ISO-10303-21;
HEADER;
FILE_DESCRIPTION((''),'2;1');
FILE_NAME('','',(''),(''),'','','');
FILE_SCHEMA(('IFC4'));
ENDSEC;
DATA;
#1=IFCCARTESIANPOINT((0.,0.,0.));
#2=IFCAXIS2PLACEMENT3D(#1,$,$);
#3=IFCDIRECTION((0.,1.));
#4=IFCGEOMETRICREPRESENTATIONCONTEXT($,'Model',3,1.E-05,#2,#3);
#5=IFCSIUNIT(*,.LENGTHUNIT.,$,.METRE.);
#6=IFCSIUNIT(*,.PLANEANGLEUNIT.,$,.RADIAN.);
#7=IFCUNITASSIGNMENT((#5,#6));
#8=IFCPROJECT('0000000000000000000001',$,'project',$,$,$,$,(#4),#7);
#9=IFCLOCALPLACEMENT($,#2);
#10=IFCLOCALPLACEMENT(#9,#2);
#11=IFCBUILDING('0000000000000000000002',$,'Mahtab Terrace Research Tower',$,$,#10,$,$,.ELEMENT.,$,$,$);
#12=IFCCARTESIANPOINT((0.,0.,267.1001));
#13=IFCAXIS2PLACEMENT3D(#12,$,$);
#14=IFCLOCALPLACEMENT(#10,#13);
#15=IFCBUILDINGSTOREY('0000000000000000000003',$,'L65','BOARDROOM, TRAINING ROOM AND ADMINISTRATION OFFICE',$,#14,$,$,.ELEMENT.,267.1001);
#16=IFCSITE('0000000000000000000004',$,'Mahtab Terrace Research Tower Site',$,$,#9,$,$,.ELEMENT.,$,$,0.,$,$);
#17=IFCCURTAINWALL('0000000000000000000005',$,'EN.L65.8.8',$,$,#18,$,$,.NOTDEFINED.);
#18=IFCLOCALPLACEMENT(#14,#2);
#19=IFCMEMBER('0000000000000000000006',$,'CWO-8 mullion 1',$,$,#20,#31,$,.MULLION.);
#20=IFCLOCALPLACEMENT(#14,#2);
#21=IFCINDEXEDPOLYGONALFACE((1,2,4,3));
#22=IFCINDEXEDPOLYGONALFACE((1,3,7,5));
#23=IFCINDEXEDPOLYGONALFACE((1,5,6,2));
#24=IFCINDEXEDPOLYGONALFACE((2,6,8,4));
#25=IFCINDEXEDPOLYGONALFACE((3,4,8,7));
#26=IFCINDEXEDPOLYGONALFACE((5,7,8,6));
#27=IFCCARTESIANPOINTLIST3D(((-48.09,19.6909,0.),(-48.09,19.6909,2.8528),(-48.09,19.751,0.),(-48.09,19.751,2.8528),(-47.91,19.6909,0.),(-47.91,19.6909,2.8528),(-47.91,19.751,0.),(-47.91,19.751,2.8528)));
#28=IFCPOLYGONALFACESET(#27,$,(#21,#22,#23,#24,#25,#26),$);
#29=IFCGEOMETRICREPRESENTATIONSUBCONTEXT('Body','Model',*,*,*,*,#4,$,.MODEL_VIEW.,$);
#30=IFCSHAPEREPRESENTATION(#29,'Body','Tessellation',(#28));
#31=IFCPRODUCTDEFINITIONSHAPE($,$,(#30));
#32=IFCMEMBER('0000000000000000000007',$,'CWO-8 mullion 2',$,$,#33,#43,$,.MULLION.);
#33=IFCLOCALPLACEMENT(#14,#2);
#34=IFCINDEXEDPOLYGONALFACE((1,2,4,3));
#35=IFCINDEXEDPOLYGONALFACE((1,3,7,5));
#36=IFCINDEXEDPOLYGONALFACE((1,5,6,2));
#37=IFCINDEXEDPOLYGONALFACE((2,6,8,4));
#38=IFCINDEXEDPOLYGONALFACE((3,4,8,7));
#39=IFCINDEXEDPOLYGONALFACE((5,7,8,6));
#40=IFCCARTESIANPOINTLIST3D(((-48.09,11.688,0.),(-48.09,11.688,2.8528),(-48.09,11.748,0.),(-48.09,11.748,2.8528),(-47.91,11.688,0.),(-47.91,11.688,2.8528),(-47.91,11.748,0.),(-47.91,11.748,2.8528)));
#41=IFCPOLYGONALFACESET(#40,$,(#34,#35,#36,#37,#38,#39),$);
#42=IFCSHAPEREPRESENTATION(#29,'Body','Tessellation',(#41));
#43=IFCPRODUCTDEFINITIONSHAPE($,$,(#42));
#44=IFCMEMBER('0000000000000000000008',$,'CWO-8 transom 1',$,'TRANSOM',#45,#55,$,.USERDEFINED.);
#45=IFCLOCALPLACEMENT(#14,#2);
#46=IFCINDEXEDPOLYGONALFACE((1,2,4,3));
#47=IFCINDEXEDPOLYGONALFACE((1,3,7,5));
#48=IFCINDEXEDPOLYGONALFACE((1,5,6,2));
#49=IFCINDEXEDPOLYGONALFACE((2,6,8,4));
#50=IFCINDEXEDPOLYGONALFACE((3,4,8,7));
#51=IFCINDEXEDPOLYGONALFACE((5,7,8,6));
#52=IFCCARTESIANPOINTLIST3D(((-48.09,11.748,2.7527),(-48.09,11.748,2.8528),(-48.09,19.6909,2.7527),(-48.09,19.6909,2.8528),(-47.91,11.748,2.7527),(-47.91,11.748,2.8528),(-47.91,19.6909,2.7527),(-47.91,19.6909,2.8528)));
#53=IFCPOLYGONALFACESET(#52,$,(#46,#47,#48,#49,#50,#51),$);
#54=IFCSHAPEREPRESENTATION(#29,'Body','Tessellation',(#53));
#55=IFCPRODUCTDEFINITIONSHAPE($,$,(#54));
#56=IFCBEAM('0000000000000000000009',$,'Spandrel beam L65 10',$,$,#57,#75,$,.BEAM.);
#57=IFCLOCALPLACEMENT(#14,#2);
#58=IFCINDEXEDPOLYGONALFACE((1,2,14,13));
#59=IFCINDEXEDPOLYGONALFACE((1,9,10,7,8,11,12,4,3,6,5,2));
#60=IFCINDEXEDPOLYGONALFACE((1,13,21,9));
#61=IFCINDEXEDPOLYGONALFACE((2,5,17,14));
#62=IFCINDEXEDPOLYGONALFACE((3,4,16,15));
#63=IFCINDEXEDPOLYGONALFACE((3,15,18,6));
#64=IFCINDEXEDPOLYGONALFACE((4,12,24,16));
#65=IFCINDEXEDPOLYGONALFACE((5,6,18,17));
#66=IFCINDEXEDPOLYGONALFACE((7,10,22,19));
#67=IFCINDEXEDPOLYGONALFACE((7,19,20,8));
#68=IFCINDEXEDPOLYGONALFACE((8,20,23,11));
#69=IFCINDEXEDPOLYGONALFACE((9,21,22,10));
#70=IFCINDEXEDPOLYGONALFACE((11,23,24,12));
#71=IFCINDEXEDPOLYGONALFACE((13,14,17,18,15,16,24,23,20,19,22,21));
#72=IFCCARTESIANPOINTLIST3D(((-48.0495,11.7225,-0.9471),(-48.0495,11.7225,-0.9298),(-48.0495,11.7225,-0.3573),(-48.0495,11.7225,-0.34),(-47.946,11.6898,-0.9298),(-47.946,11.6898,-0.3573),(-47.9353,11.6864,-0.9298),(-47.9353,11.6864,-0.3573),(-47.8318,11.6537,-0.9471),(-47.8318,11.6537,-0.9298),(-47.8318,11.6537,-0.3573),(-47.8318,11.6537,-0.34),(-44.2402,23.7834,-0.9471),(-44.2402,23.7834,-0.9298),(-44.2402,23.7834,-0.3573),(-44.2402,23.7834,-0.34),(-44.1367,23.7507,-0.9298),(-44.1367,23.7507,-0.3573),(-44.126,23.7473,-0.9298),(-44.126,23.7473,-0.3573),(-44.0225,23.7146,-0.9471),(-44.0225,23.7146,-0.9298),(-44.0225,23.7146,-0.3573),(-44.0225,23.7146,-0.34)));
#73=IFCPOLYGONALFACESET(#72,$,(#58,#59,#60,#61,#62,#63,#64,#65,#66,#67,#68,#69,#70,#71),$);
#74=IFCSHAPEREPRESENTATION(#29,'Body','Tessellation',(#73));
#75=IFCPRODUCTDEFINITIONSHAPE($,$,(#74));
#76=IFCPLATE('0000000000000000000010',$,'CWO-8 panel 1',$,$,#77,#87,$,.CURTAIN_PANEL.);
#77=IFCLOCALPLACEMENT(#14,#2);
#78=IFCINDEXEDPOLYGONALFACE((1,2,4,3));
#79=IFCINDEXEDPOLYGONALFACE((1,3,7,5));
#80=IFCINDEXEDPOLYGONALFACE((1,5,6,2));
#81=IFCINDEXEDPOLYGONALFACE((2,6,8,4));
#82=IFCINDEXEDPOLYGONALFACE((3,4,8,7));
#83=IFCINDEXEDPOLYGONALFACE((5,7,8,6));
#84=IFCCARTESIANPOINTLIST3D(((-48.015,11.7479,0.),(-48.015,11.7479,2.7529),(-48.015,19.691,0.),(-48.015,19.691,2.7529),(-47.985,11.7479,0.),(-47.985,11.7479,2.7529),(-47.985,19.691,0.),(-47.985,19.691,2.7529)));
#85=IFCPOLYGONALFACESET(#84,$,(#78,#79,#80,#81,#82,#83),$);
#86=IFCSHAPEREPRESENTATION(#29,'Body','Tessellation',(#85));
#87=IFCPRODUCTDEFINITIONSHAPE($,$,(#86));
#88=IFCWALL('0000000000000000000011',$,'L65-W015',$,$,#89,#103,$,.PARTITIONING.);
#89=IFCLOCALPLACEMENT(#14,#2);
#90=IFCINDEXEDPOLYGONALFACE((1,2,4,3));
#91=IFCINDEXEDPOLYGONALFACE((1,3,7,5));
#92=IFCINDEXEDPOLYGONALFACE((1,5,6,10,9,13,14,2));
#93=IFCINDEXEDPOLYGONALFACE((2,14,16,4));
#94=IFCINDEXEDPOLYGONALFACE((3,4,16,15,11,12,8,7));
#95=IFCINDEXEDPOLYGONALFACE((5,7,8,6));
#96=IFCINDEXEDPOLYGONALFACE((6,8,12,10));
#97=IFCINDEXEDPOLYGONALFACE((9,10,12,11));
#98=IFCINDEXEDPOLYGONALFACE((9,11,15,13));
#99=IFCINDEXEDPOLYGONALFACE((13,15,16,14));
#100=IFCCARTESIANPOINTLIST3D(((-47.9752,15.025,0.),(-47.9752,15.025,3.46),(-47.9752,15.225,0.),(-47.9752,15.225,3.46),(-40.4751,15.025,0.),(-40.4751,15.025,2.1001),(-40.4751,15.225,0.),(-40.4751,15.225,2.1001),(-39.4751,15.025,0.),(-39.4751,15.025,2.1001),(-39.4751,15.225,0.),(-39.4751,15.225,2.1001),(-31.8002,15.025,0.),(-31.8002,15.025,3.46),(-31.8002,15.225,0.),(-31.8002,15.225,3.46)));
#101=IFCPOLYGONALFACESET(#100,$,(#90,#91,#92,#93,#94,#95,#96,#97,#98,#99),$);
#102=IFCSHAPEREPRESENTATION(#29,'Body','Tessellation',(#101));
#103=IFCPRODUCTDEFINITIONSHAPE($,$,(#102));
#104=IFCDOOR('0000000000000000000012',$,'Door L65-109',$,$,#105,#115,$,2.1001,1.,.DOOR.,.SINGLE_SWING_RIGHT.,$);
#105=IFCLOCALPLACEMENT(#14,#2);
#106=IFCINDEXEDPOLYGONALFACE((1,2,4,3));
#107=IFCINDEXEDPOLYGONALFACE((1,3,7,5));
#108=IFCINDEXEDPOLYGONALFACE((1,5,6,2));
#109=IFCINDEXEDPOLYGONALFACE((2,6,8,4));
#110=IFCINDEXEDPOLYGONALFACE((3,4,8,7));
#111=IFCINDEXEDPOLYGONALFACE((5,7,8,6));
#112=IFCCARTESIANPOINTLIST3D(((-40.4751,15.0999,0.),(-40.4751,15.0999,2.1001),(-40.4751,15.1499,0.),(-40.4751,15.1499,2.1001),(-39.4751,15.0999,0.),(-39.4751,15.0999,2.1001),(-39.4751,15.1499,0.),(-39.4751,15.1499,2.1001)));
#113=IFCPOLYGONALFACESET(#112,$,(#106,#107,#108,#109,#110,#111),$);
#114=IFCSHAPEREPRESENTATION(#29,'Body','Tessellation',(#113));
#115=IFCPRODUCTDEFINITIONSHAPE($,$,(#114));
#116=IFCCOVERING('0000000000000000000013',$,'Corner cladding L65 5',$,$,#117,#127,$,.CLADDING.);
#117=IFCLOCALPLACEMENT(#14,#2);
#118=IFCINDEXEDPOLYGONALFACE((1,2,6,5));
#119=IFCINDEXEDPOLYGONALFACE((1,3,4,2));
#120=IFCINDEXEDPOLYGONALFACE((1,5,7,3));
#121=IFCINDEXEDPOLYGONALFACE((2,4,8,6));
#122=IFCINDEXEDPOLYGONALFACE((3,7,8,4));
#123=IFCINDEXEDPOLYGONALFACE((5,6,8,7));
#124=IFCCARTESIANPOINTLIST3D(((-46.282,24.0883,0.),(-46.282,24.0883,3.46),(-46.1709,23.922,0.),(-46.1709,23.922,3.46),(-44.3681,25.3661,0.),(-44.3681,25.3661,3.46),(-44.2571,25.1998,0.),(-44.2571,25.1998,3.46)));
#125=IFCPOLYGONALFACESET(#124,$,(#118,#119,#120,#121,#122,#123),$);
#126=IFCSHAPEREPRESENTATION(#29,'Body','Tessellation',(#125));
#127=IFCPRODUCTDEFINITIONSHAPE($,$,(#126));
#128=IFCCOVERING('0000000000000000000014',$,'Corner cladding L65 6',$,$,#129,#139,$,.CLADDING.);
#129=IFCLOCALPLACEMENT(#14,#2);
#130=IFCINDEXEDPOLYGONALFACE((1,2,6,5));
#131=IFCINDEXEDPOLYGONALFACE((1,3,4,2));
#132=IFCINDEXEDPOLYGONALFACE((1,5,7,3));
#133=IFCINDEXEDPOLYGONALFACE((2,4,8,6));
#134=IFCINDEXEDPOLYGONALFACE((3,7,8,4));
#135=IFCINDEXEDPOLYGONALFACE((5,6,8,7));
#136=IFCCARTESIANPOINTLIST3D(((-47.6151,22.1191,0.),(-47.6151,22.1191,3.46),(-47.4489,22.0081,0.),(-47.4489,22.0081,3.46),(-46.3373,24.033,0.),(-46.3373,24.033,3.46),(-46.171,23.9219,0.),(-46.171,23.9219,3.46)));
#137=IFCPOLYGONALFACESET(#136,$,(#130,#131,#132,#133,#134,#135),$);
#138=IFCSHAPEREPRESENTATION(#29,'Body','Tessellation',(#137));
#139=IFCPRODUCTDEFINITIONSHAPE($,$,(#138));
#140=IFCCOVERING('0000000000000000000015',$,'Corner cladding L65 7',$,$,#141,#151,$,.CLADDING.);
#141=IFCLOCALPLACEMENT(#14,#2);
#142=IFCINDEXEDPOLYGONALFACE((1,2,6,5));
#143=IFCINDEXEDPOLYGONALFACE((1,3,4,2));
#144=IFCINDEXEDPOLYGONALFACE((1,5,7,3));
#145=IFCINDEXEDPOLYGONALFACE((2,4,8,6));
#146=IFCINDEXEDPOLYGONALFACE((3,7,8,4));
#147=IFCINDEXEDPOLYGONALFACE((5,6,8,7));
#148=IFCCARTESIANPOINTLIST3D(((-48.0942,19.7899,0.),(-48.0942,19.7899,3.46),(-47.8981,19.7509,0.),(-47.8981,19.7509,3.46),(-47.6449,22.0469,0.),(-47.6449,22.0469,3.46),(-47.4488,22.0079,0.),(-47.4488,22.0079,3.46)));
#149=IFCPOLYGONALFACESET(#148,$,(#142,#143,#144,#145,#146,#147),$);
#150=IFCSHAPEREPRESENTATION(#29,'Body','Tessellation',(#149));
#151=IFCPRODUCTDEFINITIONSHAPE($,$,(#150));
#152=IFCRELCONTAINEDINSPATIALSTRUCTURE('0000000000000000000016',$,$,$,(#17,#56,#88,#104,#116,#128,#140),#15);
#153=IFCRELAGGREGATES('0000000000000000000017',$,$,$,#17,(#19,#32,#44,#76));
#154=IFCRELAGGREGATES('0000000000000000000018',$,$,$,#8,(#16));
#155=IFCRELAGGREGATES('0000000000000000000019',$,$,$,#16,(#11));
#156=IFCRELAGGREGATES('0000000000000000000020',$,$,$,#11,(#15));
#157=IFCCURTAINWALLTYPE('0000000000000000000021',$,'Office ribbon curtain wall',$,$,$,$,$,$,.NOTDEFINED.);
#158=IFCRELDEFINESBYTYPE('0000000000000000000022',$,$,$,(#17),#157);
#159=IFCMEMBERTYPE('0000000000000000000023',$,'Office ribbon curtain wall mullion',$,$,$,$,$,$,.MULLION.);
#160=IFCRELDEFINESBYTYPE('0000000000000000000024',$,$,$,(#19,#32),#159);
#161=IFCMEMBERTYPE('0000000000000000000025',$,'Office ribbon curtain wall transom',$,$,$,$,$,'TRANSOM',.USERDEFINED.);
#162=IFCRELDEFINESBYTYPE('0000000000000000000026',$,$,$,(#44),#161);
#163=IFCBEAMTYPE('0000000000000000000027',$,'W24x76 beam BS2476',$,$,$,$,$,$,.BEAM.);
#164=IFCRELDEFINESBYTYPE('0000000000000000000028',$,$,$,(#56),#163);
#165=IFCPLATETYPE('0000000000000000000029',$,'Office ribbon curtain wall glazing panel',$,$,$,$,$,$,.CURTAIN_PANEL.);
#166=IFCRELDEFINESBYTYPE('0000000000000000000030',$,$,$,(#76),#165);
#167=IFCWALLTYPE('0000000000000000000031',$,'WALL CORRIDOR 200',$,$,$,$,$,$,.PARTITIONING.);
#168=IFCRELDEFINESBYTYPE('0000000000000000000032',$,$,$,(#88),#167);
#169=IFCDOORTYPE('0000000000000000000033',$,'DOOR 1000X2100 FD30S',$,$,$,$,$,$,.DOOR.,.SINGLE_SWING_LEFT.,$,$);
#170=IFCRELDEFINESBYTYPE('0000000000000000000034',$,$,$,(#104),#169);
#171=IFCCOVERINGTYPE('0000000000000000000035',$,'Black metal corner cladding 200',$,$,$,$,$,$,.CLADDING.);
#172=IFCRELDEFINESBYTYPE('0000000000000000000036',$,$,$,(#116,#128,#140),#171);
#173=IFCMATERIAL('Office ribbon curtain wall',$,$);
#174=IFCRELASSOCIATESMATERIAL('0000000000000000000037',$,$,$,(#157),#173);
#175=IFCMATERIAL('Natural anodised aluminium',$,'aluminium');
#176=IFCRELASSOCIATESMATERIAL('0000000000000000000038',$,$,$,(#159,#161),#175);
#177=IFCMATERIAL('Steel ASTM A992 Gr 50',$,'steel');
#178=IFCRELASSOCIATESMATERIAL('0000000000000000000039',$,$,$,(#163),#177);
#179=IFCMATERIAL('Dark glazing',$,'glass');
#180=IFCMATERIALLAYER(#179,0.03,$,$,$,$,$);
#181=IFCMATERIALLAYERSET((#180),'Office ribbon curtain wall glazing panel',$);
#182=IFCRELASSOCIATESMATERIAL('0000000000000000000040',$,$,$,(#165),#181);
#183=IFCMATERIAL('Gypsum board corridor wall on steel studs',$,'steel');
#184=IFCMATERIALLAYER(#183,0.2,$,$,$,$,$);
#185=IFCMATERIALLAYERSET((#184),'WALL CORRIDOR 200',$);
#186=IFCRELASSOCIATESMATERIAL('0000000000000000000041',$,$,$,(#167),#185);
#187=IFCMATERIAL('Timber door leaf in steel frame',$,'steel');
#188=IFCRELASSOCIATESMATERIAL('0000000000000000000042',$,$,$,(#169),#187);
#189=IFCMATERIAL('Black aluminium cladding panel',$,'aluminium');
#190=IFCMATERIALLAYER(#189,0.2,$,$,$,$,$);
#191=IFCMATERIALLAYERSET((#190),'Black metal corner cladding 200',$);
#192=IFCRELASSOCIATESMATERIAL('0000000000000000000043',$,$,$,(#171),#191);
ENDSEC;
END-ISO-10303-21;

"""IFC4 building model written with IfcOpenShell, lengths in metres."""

from ifc_helpers import new_model, si_unit, direction, frame, frame_2d, origin, origin_2d, place, context, subcontext, project, spatial, rectangle, i_section, extrude, material, layer, layer_set, material_profile, profile_set, type_object, element, fill, aggregate, save


model = new_model("IFC4")

# Units and contexts
model_context = context("Model", 3, precision=1e-05, world=origin(), true_north=direction((0.0, 1.0)))
body_context = subcontext(model_context, "Body", "Model", "MODEL_VIEW")
ifc_project = project(units=[si_unit("LENGTHUNIT", "METRE"), si_unit("PLANEANGLEUNIT", "RADIAN")], contexts=[model_context])

# Site, building, storey
site_placement = place(None, origin())
site = spatial("IfcSite", under=ifc_project, at=site_placement, Name="Mahtab Terrace Research Tower Site", CompositionType="ELEMENT", RefElevation=0.0)
building_placement = place(site_placement, origin())
building = spatial("IfcBuilding", under=site, at=building_placement, Name="Mahtab Terrace Research Tower", CompositionType="ELEMENT")
storey_placement = place(building_placement, frame((0.0, 0.0, 267.1001)))
storey = spatial("IfcBuildingStorey", under=building, at=storey_placement, Name="L65", Description="BOARDROOM, TRAINING ROOM AND ADMINISTRATION OFFICE", CompositionType="ELEMENT", Elevation=267.1001)

# Curtain wall, members
ifc_material_1 = material(Name="Office ribbon curtain wall")
curtain_wall_type = type_object("IfcCurtainWallType", Name="Office ribbon curtain wall", PredefinedType="NOTDEFINED", material=ifc_material_1)
curtain_wall_placement = place(storey_placement, origin())
curtain_wall = element("IfcCurtainWall", 1, at=curtain_wall_placement, inside=storey, type_object=curtain_wall_type, Name="EN.L65.8.8", PredefinedType="NOTDEFINED")
ifc_material_2 = material(Name="Natural anodised aluminium", Category="aluminium")
ifc_material_profile_1 = material_profile(ifc_material_2, rectangle(XDim=0.1799, YDim=0.0601, at=origin_2d()), Name="MULLION 60x180")
ifc_profile_set_1 = profile_set([ifc_material_profile_1], Name="Natural anodised aluminium")
member_type_1 = type_object("IfcMemberType", Name="Office ribbon curtain wall mullion", PredefinedType="MULLION", material=ifc_profile_set_1)
member_1_placement = place(storey_placement, frame((-48.0, 19.7209, 0.0), z_axis=(0.0, 0.0, 1.0), x_axis=(1.0, 0.0, 0.0)))
member_1 = element("IfcMember", 2, at=member_1_placement, type_object=member_type_1, Name="CWO-8 mullion 1", PredefinedType="MULLION", context=body_context, shape_type="SweptSolid", body=[
    extrude(rectangle(XDim=0.1799, YDim=0.0601, at=origin_2d()), origin(), (0.0, 0.0, 1.0), 2.8528),
])
member_2_placement = place(storey_placement, frame((-48.0, 11.718, 0.0), z_axis=(0.0, 0.0, 1.0), x_axis=(1.0, 0.0, 0.0)))
member_2 = element("IfcMember", 3, at=member_2_placement, type_object=member_type_1, Name="CWO-8 mullion 2", PredefinedType="MULLION", context=body_context, shape_type="SweptSolid", body=[
    extrude(rectangle(XDim=0.1799, YDim=0.0601, at=origin_2d()), origin(), (0.0, 0.0, 1.0), 2.8528),
])
ifc_material_profile_2 = material_profile(ifc_material_2, rectangle(XDim=0.1799, YDim=0.1001, at=origin_2d()), Name="TRANSOM 100x180")
ifc_profile_set_2 = profile_set([ifc_material_profile_2], Name="Natural anodised aluminium")
member_type_2 = type_object("IfcMemberType", Name="Office ribbon curtain wall transom", ElementType="TRANSOM", PredefinedType="USERDEFINED", material=ifc_profile_set_2)
member_3_placement = place(storey_placement, frame((-48.0, 19.6909, 2.8027), z_axis=(0.0, -1.0, 0.0), x_axis=(1.0, 0.0, 0.0)))
member_3 = element("IfcMember", 4, at=member_3_placement, type_object=member_type_2, Name="CWO-8 transom 1", ObjectType="TRANSOM", PredefinedType="USERDEFINED", context=body_context, shape_type="SweptSolid", body=[
    extrude(rectangle(XDim=0.1799, YDim=0.1001, at=origin_2d()), origin(), (0.0, 0.0, 1.0), 7.9429),
])

# Beam
ifc_material_3 = material(Name="Steel ASTM A992 Gr 50", Category="steel")
ifc_material_profile_3 = material_profile(ifc_material_3, i_section(OverallWidth=0.2283, OverallDepth=0.6072, WebThickness=0.0112, FlangeThickness=0.0173, at=origin_2d()), Name="W24X76")
ifc_profile_set_3 = profile_set([ifc_material_profile_3], Name="Steel ASTM A992 Gr 50")
beam_type = type_object("IfcBeamType", Name="W24x76 beam BS2476", PredefinedType="BEAM", material=ifc_profile_set_3)
beam_placement = place(storey_placement, frame((-44.1313, 23.749, -0.6436), z_axis=(-0.301173, -0.95357, 0.0), x_axis=(0.95357, -0.301173, 0.0)))
element("IfcBeam", 5, at=beam_placement, inside=storey, type_object=beam_type, Name="Spandrel beam L65 10", PredefinedType="BEAM", context=body_context, shape_type="SweptSolid", body=[
    extrude(i_section(OverallWidth=0.2283, OverallDepth=0.6072, WebThickness=0.0112, FlangeThickness=0.0173, at=origin_2d()), origin(), (0.0, 0.0, 1.0), 12.6482),
])

# Plate
ifc_material_4 = material(Name="Dark glazing", Category="glass")
ifc_layer_1 = layer(ifc_material_4, 0.03)
ifc_layer_set_1 = layer_set([ifc_layer_1], Name="Office ribbon curtain wall glazing panel")
plate_type = type_object("IfcPlateType", Name="Office ribbon curtain wall glazing panel", PredefinedType="CURTAIN_PANEL", material=ifc_layer_set_1)
plate_placement = place(storey_placement, frame((-48.0, 15.7195, 0.0), z_axis=(0.0, 0.0, 1.0), x_axis=(0.0, -1.0, 0.0)))
plate = element("IfcPlate", 6, at=plate_placement, type_object=plate_type, Name="CWO-8 panel 1", PredefinedType="CURTAIN_PANEL", context=body_context, shape_type="SweptSolid", body=[
    extrude(rectangle(XDim=7.9431, YDim=0.03, at=origin_2d()), origin(), (0.0, 0.0, 1.0), 2.7529),
])
aggregate(curtain_wall, [member_1, member_2, member_3, plate])

# Wall, opening, door
ifc_material_5 = material(Name="Gypsum board corridor wall on steel studs", Category="steel")
ifc_layer_2 = layer(ifc_material_5, 0.2)
ifc_layer_set_2 = layer_set([ifc_layer_2], Name="WALL CORRIDOR 200")
wall_type = type_object("IfcWallType", Name="WALL CORRIDOR 200", PredefinedType="PARTITIONING", material=ifc_layer_set_2)
wall_1_placement = place(storey_placement, frame((-47.9751, 15.125, 0.0), z_axis=(0.0, 0.0, 1.0), x_axis=(1.0, 0.0, 0.0)))
wall_1 = element("IfcWall", 7, at=wall_1_placement, inside=storey, type_object=wall_type, Name="L65-W015", PredefinedType="PARTITIONING", context=body_context, shape_type="SweptSolid", body=[
    extrude(rectangle(XDim=16.175, YDim=0.2, at=frame_2d((8.0874, 0.0))), origin(), (0.0, 0.0, 1.0), 3.46),
])
opening_1_placement = place(wall_1_placement, frame((7.5, 0.0, 0.0)))
opening_1 = element("IfcOpeningElement", 8, at=opening_1_placement, cuts=wall_1, PredefinedType="OPENING", context=body_context, shape_type="SweptSolid", body=[
    extrude(rectangle(XDim=1.0, YDim=2.1001, at=frame_2d((0.5, 1.05))), frame((0.0, 0.1099, 0.0), z_axis=(0.0, -1.0, 0.0), x_axis=(1.0, 0.0, 0.0)), (0.0, 0.0, 1.0), 0.22),
])
ifc_material_6 = material(Name="Timber door leaf in steel frame", Category="steel")
door_type_1 = type_object("IfcDoorType", Name="DOOR 1000X2100 FD30S", OperationType="SINGLE_SWING_LEFT", PredefinedType="DOOR", material=ifc_material_6)
door_1_placement = place(opening_1_placement, origin())
door_1 = element("IfcDoor", 9, at=door_1_placement, inside=storey, type_object=door_type_1, Name="Door L65-109", OperationType="SINGLE_SWING_RIGHT", OverallHeight=2.1001, OverallWidth=1.0, PredefinedType="DOOR", context=body_context, shape_type="SweptSolid", body=[
    extrude(rectangle(XDim=1.0, YDim=2.1001, at=frame_2d((0.5, 1.05))), frame((0.0, 0.0249, 0.0), z_axis=(0.0, -1.0, 0.0), x_axis=(1.0, 0.0, 0.0)), (0.0, 0.0, 1.0), 0.05),
])
fill(opening_1, door_1)

# Coverings
ifc_material_7 = material(Name="Black aluminium cladding panel", Category="aluminium")
ifc_layer_3 = layer(ifc_material_7, 0.2)
ifc_layer_set_3 = layer_set([ifc_layer_3], Name="Black metal corner cladding 200")
covering_type = type_object("IfcCoveringType", Name="Black metal corner cladding 200", PredefinedType="CLADDING", material=ifc_layer_set_3)
for number, where, z_axis, x_axis, name in (
    (10, (-45.2695, 24.644, 0.0), (0.0, 0.0, 1.0), (-0.831656, -0.555291, 0.0), "Corner cladding L65 5"),
    (11, (-46.8931, 23.0205, 0.0), (0.0, 0.0, 1.0), (-0.555291, -0.831656, 0.0), "Corner cladding L65 6"),
    (12, (-47.7715, 20.8989, 0.0), (0.0, 0.0, 1.0), (-0.195212, -0.980761, 0.0), "Corner cladding L65 7"),
):
    element("IfcCovering", number, at=place(storey_placement, frame(where, z_axis=z_axis, x_axis=x_axis)), inside=storey, type_object=covering_type, Name=name, PredefinedType="CLADDING", context=body_context, shape_type="SweptSolid", body=[
        extrude(rectangle(XDim=2.3013, YDim=0.2, at=origin_2d()), origin(), (0.0, 0.0, 1.0), 3.46),
    ])

save(model, "model.ifc")
